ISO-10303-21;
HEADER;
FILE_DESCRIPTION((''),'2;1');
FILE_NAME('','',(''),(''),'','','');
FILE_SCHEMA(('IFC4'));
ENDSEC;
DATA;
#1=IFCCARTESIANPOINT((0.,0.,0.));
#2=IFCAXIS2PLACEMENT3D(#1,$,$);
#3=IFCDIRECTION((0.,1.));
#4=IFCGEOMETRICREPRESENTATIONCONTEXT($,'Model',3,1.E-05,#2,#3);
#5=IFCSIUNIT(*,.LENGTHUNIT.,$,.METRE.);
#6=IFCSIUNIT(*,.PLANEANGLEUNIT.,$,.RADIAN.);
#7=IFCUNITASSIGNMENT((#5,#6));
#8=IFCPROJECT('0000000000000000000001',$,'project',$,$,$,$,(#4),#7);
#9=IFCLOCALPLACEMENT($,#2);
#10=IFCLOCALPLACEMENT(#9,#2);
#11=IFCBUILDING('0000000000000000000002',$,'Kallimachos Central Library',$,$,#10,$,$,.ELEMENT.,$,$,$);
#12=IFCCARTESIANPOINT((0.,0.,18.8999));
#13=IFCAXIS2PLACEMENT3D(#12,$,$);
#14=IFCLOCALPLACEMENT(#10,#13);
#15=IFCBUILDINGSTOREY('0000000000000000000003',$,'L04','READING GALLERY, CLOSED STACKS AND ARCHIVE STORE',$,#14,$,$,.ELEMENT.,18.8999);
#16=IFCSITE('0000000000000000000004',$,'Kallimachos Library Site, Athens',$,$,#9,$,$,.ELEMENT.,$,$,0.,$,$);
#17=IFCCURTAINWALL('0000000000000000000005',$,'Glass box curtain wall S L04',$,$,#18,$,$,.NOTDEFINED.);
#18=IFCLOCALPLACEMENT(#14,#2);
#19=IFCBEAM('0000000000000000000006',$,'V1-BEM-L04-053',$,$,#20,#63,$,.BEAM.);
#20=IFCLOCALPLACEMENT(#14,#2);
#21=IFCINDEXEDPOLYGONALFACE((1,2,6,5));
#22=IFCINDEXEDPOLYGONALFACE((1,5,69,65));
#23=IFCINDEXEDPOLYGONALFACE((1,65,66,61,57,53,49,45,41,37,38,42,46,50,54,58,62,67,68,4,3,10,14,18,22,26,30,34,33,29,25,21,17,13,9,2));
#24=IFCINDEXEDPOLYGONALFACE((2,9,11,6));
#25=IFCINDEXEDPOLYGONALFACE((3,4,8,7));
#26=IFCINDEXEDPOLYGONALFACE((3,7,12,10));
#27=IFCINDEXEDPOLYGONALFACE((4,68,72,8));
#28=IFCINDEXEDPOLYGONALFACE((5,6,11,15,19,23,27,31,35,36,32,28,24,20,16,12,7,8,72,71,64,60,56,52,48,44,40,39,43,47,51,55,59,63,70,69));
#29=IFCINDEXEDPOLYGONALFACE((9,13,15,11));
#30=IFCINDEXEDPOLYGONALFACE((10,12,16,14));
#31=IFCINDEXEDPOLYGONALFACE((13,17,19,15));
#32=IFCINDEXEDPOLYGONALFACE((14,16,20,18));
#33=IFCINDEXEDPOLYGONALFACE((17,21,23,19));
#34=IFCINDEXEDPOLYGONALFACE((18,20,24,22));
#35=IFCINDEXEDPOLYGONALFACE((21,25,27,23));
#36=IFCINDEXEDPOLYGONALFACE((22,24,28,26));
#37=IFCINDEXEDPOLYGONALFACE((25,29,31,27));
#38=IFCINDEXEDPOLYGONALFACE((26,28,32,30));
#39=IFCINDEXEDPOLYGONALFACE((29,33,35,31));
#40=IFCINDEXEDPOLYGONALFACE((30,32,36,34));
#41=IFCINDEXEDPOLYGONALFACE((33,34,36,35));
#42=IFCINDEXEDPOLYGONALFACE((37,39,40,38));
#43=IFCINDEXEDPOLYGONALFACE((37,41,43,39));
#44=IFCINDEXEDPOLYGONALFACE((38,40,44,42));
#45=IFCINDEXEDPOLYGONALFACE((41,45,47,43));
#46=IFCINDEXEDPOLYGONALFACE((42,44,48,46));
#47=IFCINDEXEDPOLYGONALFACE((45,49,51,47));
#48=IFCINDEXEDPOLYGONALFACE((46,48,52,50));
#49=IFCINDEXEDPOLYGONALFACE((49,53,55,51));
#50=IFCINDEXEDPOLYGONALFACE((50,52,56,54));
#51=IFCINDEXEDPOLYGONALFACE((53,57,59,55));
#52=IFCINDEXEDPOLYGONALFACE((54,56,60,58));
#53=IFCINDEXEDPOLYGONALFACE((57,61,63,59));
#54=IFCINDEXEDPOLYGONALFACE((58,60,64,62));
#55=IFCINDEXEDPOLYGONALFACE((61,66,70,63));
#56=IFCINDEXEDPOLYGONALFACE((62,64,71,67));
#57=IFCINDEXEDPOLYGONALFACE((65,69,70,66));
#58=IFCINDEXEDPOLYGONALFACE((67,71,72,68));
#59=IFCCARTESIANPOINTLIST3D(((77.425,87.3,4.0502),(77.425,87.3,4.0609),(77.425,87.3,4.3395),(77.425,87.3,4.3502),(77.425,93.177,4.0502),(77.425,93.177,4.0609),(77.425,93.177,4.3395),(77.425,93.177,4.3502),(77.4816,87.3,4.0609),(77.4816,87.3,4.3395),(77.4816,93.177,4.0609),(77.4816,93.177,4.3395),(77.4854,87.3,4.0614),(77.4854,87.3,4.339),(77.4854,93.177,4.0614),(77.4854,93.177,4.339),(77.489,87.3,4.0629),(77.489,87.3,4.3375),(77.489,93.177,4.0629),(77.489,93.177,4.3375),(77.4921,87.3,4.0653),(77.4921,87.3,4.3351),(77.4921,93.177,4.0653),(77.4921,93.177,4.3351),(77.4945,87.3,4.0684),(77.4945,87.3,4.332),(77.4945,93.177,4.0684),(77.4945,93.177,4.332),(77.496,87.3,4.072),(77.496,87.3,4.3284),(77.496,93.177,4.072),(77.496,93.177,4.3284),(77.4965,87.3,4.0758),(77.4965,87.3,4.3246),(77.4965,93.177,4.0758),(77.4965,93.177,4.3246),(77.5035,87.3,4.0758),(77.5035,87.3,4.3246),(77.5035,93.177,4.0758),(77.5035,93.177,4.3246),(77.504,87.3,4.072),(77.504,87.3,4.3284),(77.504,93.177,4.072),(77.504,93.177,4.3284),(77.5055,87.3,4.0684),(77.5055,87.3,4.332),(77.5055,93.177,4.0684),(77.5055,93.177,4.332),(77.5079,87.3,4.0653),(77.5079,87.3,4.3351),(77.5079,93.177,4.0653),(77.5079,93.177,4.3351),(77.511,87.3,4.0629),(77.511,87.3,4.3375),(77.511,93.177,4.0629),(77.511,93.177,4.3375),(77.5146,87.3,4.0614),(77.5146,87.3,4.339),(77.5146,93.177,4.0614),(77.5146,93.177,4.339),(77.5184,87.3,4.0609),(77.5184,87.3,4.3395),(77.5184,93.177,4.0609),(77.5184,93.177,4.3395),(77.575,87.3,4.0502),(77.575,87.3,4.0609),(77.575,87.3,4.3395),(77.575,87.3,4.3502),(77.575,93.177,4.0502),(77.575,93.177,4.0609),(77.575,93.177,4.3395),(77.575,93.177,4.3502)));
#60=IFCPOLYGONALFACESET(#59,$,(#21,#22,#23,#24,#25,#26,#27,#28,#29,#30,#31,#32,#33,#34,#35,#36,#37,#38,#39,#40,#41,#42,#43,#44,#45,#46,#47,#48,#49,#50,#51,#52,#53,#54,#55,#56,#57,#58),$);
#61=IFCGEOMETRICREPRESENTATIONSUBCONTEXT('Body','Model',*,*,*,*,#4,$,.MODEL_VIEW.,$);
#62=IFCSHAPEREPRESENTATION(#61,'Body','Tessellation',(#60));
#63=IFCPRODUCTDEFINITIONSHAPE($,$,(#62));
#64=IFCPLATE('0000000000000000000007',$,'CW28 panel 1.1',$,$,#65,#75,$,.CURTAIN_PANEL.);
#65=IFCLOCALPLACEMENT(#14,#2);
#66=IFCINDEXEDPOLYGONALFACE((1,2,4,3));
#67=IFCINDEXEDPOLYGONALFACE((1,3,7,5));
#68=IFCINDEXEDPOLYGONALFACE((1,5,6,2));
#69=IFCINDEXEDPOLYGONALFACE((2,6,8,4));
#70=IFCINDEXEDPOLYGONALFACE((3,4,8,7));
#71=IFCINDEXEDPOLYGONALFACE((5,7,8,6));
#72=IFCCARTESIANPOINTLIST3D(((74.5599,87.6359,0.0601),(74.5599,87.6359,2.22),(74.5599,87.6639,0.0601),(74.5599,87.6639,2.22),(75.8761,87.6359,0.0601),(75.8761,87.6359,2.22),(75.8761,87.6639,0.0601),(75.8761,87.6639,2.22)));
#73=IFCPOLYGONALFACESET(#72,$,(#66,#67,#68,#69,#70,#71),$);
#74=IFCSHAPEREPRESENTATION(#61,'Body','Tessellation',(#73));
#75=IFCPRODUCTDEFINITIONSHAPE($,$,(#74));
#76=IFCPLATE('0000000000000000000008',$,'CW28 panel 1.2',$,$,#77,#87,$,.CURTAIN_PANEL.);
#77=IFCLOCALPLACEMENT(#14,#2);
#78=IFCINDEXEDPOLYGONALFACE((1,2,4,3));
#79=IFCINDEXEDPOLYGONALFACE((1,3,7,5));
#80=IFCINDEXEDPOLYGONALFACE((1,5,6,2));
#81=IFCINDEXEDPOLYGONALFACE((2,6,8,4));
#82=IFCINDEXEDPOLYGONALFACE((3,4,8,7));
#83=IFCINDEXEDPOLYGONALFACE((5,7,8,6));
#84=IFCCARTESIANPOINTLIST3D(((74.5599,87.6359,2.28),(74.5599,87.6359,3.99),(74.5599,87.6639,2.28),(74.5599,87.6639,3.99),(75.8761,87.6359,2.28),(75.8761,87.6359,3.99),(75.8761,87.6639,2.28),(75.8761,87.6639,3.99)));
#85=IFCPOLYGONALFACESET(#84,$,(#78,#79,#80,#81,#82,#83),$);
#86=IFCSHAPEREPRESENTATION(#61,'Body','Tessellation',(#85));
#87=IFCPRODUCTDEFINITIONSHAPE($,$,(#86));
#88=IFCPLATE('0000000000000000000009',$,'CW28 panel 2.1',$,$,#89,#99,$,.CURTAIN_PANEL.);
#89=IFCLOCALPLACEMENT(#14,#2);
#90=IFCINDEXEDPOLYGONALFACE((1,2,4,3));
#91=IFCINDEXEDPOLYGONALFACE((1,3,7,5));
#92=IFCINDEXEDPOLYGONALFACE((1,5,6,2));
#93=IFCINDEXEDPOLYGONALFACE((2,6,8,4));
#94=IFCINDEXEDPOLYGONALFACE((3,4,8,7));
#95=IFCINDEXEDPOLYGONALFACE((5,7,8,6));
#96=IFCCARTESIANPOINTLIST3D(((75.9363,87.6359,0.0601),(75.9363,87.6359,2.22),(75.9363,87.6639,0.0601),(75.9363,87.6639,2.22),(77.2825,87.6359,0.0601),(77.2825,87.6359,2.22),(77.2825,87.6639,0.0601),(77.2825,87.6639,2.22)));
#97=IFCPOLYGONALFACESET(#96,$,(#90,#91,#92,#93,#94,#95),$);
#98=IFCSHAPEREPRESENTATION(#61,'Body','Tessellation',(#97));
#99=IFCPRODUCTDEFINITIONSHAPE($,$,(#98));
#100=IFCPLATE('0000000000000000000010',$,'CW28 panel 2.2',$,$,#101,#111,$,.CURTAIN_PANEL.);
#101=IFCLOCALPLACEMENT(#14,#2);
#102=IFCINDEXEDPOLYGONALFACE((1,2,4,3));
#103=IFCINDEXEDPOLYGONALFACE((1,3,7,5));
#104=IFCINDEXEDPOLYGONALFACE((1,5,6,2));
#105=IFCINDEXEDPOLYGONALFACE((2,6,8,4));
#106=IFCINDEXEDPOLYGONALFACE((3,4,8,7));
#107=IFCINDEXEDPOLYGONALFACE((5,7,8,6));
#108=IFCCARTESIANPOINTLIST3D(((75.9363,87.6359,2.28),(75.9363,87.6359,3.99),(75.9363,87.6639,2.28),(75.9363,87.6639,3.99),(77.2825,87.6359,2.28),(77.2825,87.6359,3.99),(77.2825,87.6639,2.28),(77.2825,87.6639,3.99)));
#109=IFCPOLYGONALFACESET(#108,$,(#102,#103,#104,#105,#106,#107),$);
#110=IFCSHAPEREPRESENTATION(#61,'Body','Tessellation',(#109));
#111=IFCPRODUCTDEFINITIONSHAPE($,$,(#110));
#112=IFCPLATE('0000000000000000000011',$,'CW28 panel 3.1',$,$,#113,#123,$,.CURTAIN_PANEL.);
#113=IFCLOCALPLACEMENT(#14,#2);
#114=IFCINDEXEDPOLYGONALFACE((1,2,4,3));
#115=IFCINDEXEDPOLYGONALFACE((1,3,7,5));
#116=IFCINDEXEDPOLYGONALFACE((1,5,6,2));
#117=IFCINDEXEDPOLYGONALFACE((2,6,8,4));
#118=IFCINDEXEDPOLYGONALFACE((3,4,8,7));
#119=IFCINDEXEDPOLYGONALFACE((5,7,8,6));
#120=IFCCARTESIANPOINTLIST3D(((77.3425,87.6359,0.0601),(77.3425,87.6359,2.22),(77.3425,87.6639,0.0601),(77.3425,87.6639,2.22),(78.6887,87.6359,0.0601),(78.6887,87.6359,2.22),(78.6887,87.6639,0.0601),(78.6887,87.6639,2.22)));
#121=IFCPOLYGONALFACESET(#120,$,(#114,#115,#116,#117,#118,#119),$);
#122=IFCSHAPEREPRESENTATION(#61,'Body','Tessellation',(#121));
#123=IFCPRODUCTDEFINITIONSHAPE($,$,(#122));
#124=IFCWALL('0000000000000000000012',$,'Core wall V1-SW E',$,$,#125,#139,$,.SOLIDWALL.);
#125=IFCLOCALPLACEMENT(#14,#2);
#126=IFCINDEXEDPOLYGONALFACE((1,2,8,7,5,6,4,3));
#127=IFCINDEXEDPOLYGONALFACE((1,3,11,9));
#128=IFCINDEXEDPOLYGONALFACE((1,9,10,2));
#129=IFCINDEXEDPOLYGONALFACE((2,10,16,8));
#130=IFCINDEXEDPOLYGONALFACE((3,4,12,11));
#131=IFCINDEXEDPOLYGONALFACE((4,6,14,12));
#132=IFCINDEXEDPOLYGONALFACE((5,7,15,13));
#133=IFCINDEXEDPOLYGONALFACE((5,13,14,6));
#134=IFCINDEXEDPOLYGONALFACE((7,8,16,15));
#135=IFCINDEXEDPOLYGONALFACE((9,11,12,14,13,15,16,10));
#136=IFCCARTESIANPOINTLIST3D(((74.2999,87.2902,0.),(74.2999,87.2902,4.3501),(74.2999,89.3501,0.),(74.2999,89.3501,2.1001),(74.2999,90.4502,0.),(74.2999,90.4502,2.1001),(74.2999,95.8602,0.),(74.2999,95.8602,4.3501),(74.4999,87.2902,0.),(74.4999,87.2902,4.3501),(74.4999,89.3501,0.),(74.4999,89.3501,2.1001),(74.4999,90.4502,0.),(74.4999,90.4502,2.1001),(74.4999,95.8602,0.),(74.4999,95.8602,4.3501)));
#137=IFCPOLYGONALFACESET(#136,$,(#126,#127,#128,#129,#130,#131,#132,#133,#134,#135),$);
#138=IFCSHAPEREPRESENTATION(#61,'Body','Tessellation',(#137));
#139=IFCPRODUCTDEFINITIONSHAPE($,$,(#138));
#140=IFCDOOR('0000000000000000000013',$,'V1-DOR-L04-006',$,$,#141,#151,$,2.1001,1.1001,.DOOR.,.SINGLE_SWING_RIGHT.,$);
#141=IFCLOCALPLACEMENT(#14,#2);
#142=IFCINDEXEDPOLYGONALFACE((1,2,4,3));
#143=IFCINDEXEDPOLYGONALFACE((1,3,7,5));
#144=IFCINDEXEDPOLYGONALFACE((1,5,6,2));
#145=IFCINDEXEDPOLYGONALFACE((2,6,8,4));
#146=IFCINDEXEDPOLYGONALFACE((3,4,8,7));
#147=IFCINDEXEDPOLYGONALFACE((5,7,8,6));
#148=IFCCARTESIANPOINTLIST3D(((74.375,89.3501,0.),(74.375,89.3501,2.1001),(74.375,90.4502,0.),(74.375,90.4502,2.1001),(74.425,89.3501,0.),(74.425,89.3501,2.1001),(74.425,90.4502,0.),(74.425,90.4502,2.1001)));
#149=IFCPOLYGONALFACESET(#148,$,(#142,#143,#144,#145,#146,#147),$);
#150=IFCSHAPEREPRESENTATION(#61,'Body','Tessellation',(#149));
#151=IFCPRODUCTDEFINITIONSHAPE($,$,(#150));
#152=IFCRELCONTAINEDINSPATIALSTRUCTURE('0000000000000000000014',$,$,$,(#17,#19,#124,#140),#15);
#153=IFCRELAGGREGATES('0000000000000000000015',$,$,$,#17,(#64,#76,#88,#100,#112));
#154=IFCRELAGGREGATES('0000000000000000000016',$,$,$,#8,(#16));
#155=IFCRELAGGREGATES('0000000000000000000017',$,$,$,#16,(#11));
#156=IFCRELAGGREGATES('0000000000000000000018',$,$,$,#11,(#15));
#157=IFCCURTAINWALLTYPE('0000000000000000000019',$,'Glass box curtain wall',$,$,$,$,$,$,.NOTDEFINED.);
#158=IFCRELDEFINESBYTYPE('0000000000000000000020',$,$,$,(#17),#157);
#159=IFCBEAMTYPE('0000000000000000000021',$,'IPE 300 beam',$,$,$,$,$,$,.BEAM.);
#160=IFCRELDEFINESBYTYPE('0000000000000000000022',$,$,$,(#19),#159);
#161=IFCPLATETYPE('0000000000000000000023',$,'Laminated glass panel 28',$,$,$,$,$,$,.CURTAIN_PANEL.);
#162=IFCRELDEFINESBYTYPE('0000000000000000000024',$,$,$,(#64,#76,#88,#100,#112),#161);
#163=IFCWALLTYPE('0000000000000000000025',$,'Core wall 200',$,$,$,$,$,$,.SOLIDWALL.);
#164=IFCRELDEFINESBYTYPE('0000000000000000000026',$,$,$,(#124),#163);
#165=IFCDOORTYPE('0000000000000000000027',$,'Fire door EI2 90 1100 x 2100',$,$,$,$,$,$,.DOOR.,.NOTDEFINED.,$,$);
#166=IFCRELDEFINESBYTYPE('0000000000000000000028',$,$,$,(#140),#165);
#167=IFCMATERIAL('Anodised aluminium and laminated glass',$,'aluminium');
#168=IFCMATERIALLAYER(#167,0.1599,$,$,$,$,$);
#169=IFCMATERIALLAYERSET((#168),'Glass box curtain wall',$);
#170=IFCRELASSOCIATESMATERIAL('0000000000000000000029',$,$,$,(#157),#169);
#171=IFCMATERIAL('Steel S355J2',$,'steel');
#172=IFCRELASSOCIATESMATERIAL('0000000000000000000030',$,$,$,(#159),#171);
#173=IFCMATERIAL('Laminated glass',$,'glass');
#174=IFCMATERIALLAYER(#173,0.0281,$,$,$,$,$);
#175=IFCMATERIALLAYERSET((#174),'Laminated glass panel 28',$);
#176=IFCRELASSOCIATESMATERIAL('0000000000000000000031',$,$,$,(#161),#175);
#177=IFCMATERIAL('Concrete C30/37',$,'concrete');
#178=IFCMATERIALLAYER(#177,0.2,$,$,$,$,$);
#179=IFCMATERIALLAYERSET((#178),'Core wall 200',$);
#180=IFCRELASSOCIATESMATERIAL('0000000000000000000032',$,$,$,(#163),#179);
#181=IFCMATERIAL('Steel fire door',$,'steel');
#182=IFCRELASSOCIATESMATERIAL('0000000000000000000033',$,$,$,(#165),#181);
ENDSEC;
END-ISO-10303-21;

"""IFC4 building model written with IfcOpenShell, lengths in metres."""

from ifc_helpers import new_model, si_unit, direction, frame, frame_2d, origin, origin_2d, place, context, subcontext, project, spatial, rectangle, i_section, extrude, material, layer, layer_set, material_profile, profile_set, type_object, element, fill, aggregate, save


model = new_model("IFC4")

# Units and contexts
model_context = context("Model", 3, precision=1e-05, world=origin(), true_north=direction((0.0, 1.0)))
body_context = subcontext(model_context, "Body", "Model", "MODEL_VIEW")
ifc_project = project(units=[si_unit("LENGTHUNIT", "METRE"), si_unit("PLANEANGLEUNIT", "RADIAN")], contexts=[model_context])

# Site, building, storey
site_placement = place(None, origin())
site = spatial("IfcSite", under=ifc_project, at=site_placement, Name="Kallimachos Library Site, Athens", CompositionType="ELEMENT", RefElevation=0.0)
building_placement = place(site_placement, origin())
building = spatial("IfcBuilding", under=site, at=building_placement, Name="Kallimachos Central Library", CompositionType="ELEMENT")
storey_placement = place(building_placement, frame((0.0, 0.0, 18.8999)))
storey = spatial("IfcBuildingStorey", under=building, at=storey_placement, Name="L04", Description="READING GALLERY, CLOSED STACKS AND ARCHIVE STORE", CompositionType="ELEMENT", Elevation=18.8999)

# Curtain wall
ifc_material_1 = material(Name="Anodised aluminium and laminated glass", Category="aluminium")
ifc_layer_1 = layer(ifc_material_1, 0.1599)
ifc_layer_set_1 = layer_set([ifc_layer_1], Name="Glass box curtain wall")
curtain_wall_type = type_object("IfcCurtainWallType", Name="Glass box curtain wall", PredefinedType="NOTDEFINED", material=ifc_layer_set_1)
curtain_wall_placement = place(storey_placement, origin())
curtain_wall = element("IfcCurtainWall", 1, at=curtain_wall_placement, inside=storey, type_object=curtain_wall_type, Name="Glass box curtain wall S L04", PredefinedType="NOTDEFINED")

# Beam
ifc_material_2 = material(Name="Steel S355J2", Category="steel")
ifc_material_profile_1 = material_profile(ifc_material_2, i_section(OverallWidth=0.1499, OverallDepth=0.3, WebThickness=0.0071, FlangeThickness=0.0107, FilletRadius=0.0149, at=origin_2d()), Name="IPE 300")
ifc_profile_set_1 = profile_set([ifc_material_profile_1], Name="Steel S355J2")
beam_type_1 = type_object("IfcBeamType", Name="IPE 300 beam", PredefinedType="BEAM", material=ifc_profile_set_1)
beam_1_placement = place(storey_placement, frame((77.5, 87.3, 4.2002), z_axis=(0.0, 1.0, 0.0), x_axis=(-1.0, 0.0, 0.0)))
element("IfcBeam", 2, at=beam_1_placement, inside=storey, type_object=beam_type_1, Name="V1-BEM-L04-053", PredefinedType="BEAM", context=body_context, shape_type="SweptSolid", body=[
    extrude(i_section(OverallWidth=0.1499, OverallDepth=0.3, WebThickness=0.0071, FlangeThickness=0.0107, FilletRadius=0.0149, at=origin_2d()), origin(), (0.0, 0.0, 1.0), 5.877),
])

# Plates
ifc_material_3 = material(Name="Laminated glass", Category="glass")
ifc_layer_2 = layer(ifc_material_3, 0.0281)
ifc_layer_set_2 = layer_set([ifc_layer_2], Name="Laminated glass panel 28")
plate_type = type_object("IfcPlateType", Name="Laminated glass panel 28", PredefinedType="CURTAIN_PANEL", material=ifc_layer_set_2)
plate_1_placement = place(storey_placement, frame((75.218, 87.6499, 0.0601), z_axis=(0.0, 0.0, 1.0), x_axis=(1.0, 0.0, 0.0)))
plate_1 = element("IfcPlate", 3, at=plate_1_placement, type_object=plate_type, Name="CW28 panel 1.1", PredefinedType="CURTAIN_PANEL", context=body_context, shape_type="SweptSolid", body=[
    extrude(rectangle(XDim=1.3162, YDim=0.0281, at=origin_2d()), origin(), (0.0, 0.0, 1.0), 2.1599),
])
plate_2_placement = place(storey_placement, frame((75.218, 87.6499, 2.28), z_axis=(0.0, 0.0, 1.0), x_axis=(1.0, 0.0, 0.0)))
plate_2 = element("IfcPlate", 4, at=plate_2_placement, type_object=plate_type, Name="CW28 panel 1.2", PredefinedType="CURTAIN_PANEL", context=body_context, shape_type="SweptSolid", body=[
    extrude(rectangle(XDim=1.3162, YDim=0.0281, at=origin_2d()), origin(), (0.0, 0.0, 1.0), 1.71),
])
plate_3_placement = place(storey_placement, frame((76.6094, 87.6499, 0.0601), z_axis=(0.0, 0.0, 1.0), x_axis=(1.0, 0.0, 0.0)))
plate_3 = element("IfcPlate", 5, at=plate_3_placement, type_object=plate_type, Name="CW28 panel 2.1", PredefinedType="CURTAIN_PANEL", context=body_context, shape_type="SweptSolid", body=[
    extrude(rectangle(XDim=1.3462, YDim=0.0281, at=origin_2d()), origin(), (0.0, 0.0, 1.0), 2.1599),
])
plate_4_placement = place(storey_placement, frame((76.6094, 87.6499, 2.28), z_axis=(0.0, 0.0, 1.0), x_axis=(1.0, 0.0, 0.0)))
plate_4 = element("IfcPlate", 6, at=plate_4_placement, type_object=plate_type, Name="CW28 panel 2.2", PredefinedType="CURTAIN_PANEL", context=body_context, shape_type="SweptSolid", body=[
    extrude(rectangle(XDim=1.3462, YDim=0.0281, at=origin_2d()), origin(), (0.0, 0.0, 1.0), 1.71),
])
plate_5_placement = place(storey_placement, frame((78.0156, 87.6499, 0.0601), z_axis=(0.0, 0.0, 1.0), x_axis=(1.0, 0.0, 0.0)))
plate_5 = element("IfcPlate", 7, at=plate_5_placement, type_object=plate_type, Name="CW28 panel 3.1", PredefinedType="CURTAIN_PANEL", context=body_context, shape_type="SweptSolid", body=[
    extrude(rectangle(XDim=1.3462, YDim=0.0281, at=origin_2d()), origin(), (0.0, 0.0, 1.0), 2.1599),
])
aggregate(curtain_wall, [plate_1, plate_2, plate_3, plate_4, plate_5])

# Wall, opening, door
ifc_material_4 = material(Name="Concrete C30/37", Category="concrete")
ifc_layer_3 = layer(ifc_material_4, 0.2)
ifc_layer_set_3 = layer_set([ifc_layer_3], Name="Core wall 200")
wall_type = type_object("IfcWallType", Name="Core wall 200", PredefinedType="SOLIDWALL", material=ifc_layer_set_3)
wall_placement = place(storey_placement, frame((74.3999, 87.29, 0.0), z_axis=(0.0, 0.0, 1.0), x_axis=(0.0, 1.0, 0.0)))
wall = element("IfcWall", 8, at=wall_placement, inside=storey, type_object=wall_type, Name="Core wall V1-SW E", PredefinedType="SOLIDWALL", context=body_context, shape_type="SweptSolid", body=[
    extrude(rectangle(XDim=8.5701, YDim=0.2, at=frame_2d((4.2852, 0.0))), origin(), (0.0, 0.0, 1.0), 4.3501),
])
opening_placement = place(wall_placement, frame((2.0601, 0.0, 0.0)))
opening = element("IfcOpeningElement", 9, at=opening_placement, cuts=wall, PredefinedType="OPENING", context=body_context, shape_type="SweptSolid", body=[
    extrude(rectangle(XDim=1.1001, YDim=2.1001, at=frame_2d((0.55, 1.05))), frame((0.0, 0.1099, 0.0), z_axis=(0.0, -1.0, 0.0), x_axis=(1.0, 0.0, 0.0)), (0.0, 0.0, 1.0), 0.22),
])
ifc_material_5 = material(Name="Steel fire door", Category="steel")
door_type = type_object("IfcDoorType", Name="Fire door EI2 90 1100 x 2100", OperationType="NOTDEFINED", PredefinedType="DOOR", material=ifc_material_5)
door_placement = place(opening_placement, origin())
door = element("IfcDoor", 10, at=door_placement, inside=storey, type_object=door_type, Name="V1-DOR-L04-006", OperationType="SINGLE_SWING_RIGHT", OverallHeight=2.1001, OverallWidth=1.1001, PredefinedType="DOOR", context=body_context, shape_type="SweptSolid", body=[
    extrude(rectangle(XDim=1.1001, YDim=2.1001, at=frame_2d((0.55, 1.05))), frame((0.0, 0.0249, 0.0), z_axis=(0.0, -1.0, 0.0), x_axis=(1.0, 0.0, 0.0)), (0.0, 0.0, 1.0), 0.05),
])
fill(opening, door)

save(model, "model.ifc")
